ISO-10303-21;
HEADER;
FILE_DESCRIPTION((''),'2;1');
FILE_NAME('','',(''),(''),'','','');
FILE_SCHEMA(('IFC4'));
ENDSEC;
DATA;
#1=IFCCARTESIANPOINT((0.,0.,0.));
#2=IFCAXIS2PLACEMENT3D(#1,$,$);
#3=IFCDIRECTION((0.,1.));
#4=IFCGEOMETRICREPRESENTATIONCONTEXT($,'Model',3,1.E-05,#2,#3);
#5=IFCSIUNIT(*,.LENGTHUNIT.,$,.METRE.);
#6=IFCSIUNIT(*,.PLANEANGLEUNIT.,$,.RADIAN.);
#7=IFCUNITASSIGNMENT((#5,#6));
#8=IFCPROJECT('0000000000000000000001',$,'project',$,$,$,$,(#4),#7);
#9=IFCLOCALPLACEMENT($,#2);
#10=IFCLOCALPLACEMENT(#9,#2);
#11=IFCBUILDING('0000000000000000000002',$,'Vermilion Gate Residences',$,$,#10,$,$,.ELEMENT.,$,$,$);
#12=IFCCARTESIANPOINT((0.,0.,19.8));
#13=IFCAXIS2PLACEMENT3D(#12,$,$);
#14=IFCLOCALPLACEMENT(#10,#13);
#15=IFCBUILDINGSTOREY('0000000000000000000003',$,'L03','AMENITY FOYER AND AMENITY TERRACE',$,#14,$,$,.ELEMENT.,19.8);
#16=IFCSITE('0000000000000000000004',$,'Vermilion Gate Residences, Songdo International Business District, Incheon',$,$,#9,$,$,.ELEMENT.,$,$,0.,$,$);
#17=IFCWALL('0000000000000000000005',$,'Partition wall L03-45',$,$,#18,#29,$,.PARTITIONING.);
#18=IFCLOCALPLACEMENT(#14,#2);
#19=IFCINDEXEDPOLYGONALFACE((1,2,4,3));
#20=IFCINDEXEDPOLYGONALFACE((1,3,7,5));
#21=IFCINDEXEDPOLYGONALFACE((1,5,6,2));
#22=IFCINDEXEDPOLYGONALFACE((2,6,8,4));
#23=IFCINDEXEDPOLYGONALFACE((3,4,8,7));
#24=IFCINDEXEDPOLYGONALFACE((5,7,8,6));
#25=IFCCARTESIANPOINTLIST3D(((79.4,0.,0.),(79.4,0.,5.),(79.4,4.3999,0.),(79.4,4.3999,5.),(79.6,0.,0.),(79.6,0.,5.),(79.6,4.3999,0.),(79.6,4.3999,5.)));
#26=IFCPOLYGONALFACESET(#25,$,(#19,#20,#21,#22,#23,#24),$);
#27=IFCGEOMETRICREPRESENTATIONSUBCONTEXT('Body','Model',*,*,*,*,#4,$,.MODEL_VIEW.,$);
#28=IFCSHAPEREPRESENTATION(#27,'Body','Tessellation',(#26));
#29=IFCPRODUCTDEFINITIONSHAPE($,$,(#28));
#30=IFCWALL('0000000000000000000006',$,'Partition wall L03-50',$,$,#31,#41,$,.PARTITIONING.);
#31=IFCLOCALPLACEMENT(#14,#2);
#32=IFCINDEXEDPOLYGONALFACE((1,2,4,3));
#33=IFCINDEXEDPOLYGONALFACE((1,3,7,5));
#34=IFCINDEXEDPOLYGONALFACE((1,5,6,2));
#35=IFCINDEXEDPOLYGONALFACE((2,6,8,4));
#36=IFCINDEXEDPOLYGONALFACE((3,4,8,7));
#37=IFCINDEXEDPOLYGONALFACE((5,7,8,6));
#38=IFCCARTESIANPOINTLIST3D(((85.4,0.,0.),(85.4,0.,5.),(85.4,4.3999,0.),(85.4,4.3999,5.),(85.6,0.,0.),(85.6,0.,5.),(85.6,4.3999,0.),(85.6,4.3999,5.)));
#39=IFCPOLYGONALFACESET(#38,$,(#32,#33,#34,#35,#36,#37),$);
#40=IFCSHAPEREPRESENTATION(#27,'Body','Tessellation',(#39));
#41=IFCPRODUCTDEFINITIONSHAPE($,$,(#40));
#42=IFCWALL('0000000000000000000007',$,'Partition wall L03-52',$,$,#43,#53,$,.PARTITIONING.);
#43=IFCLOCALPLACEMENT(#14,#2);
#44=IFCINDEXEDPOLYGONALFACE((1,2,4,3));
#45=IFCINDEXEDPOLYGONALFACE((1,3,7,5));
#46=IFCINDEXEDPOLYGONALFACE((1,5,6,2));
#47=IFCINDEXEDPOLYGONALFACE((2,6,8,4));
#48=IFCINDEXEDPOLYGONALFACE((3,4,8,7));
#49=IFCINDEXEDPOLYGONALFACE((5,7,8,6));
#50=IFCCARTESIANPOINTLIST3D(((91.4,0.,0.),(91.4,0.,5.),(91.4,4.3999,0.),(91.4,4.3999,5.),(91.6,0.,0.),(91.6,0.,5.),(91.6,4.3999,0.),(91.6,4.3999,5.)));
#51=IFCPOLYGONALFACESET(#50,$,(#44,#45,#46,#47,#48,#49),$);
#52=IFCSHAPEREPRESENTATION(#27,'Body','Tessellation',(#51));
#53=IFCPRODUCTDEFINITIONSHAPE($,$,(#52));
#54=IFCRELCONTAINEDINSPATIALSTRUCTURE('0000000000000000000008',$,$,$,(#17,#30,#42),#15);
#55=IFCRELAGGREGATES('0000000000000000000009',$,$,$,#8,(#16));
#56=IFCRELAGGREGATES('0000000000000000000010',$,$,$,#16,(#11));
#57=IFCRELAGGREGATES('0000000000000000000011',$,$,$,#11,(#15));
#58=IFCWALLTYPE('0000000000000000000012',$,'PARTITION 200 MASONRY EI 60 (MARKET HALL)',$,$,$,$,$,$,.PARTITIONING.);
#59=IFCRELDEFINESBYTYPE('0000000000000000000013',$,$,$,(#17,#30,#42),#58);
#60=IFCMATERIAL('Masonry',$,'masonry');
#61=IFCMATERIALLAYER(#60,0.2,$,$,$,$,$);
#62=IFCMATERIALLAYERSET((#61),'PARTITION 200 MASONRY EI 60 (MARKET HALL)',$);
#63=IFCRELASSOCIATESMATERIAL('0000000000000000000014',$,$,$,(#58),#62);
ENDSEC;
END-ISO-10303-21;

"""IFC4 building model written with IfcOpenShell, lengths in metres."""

from ifc_helpers import new_model, si_unit, direction, frame, frame_2d, origin, place, context, subcontext, project, spatial, rectangle, extrude, material, layer, layer_set, type_object, element, save


model = new_model("IFC4")

# Units and contexts
model_context = context("Model", 3, precision=1e-05, world=origin(), true_north=direction((0.0, 1.0)))
body_context = subcontext(model_context, "Body", "Model", "MODEL_VIEW")
ifc_project = project(units=[si_unit("LENGTHUNIT", "METRE"), si_unit("PLANEANGLEUNIT", "RADIAN")], contexts=[model_context])

# Site, building, storey
site_placement = place(None, origin())
site = spatial("IfcSite", under=ifc_project, at=site_placement, Name="Vermilion Gate Residences, Songdo International Business District, Incheon", CompositionType="ELEMENT", RefElevation=0.0)
building_placement = place(site_placement, origin())
building = spatial("IfcBuilding", under=site, at=building_placement, Name="Vermilion Gate Residences", CompositionType="ELEMENT")
storey_placement = place(building_placement, frame((0.0, 0.0, 19.8)))
storey = spatial("IfcBuildingStorey", under=building, at=storey_placement, Name="L03", Description="AMENITY FOYER AND AMENITY TERRACE", CompositionType="ELEMENT", Elevation=19.8)

# Shared definitions
ifc_material_1 = material(Name="Masonry", Category="masonry")
ifc_layer_1 = layer(ifc_material_1, 0.2)
ifc_layer_set_1 = layer_set([ifc_layer_1], Name="PARTITION 200 MASONRY EI 60 (MARKET HALL)")
wall_type_1 = type_object("IfcWallType", Name="PARTITION 200 MASONRY EI 60 (MARKET HALL)", PredefinedType="PARTITIONING", material=ifc_layer_set_1)

# Walls
for number, where, z_axis, x_axis, name in (
    (1, (79.5, 0.0, 0.0), (0.0, 0.0, 1.0), (0.0, 1.0, 0.0), "Partition wall L03-45"),
    (2, (85.5, 0.0, 0.0), (0.0, 0.0, 1.0), (0.0, 1.0, 0.0), "Partition wall L03-50"),
    (3, (91.5, 0.0, 0.0), (0.0, 0.0, 1.0), (0.0, 1.0, 0.0), "Partition wall L03-52"),
):
    element("IfcWall", number, at=place(storey_placement, frame(where, z_axis=z_axis, x_axis=x_axis)), inside=storey, type_object=wall_type_1, Name=name, PredefinedType="PARTITIONING", context=body_context, shape_type="SweptSolid", body=[
        extrude(rectangle(XDim=4.3999, YDim=0.2, at=frame_2d((2.2, 0.0))), origin(), (0.0, 0.0, 1.0), 5.0),
    ])

save(model, "model.ifc")
